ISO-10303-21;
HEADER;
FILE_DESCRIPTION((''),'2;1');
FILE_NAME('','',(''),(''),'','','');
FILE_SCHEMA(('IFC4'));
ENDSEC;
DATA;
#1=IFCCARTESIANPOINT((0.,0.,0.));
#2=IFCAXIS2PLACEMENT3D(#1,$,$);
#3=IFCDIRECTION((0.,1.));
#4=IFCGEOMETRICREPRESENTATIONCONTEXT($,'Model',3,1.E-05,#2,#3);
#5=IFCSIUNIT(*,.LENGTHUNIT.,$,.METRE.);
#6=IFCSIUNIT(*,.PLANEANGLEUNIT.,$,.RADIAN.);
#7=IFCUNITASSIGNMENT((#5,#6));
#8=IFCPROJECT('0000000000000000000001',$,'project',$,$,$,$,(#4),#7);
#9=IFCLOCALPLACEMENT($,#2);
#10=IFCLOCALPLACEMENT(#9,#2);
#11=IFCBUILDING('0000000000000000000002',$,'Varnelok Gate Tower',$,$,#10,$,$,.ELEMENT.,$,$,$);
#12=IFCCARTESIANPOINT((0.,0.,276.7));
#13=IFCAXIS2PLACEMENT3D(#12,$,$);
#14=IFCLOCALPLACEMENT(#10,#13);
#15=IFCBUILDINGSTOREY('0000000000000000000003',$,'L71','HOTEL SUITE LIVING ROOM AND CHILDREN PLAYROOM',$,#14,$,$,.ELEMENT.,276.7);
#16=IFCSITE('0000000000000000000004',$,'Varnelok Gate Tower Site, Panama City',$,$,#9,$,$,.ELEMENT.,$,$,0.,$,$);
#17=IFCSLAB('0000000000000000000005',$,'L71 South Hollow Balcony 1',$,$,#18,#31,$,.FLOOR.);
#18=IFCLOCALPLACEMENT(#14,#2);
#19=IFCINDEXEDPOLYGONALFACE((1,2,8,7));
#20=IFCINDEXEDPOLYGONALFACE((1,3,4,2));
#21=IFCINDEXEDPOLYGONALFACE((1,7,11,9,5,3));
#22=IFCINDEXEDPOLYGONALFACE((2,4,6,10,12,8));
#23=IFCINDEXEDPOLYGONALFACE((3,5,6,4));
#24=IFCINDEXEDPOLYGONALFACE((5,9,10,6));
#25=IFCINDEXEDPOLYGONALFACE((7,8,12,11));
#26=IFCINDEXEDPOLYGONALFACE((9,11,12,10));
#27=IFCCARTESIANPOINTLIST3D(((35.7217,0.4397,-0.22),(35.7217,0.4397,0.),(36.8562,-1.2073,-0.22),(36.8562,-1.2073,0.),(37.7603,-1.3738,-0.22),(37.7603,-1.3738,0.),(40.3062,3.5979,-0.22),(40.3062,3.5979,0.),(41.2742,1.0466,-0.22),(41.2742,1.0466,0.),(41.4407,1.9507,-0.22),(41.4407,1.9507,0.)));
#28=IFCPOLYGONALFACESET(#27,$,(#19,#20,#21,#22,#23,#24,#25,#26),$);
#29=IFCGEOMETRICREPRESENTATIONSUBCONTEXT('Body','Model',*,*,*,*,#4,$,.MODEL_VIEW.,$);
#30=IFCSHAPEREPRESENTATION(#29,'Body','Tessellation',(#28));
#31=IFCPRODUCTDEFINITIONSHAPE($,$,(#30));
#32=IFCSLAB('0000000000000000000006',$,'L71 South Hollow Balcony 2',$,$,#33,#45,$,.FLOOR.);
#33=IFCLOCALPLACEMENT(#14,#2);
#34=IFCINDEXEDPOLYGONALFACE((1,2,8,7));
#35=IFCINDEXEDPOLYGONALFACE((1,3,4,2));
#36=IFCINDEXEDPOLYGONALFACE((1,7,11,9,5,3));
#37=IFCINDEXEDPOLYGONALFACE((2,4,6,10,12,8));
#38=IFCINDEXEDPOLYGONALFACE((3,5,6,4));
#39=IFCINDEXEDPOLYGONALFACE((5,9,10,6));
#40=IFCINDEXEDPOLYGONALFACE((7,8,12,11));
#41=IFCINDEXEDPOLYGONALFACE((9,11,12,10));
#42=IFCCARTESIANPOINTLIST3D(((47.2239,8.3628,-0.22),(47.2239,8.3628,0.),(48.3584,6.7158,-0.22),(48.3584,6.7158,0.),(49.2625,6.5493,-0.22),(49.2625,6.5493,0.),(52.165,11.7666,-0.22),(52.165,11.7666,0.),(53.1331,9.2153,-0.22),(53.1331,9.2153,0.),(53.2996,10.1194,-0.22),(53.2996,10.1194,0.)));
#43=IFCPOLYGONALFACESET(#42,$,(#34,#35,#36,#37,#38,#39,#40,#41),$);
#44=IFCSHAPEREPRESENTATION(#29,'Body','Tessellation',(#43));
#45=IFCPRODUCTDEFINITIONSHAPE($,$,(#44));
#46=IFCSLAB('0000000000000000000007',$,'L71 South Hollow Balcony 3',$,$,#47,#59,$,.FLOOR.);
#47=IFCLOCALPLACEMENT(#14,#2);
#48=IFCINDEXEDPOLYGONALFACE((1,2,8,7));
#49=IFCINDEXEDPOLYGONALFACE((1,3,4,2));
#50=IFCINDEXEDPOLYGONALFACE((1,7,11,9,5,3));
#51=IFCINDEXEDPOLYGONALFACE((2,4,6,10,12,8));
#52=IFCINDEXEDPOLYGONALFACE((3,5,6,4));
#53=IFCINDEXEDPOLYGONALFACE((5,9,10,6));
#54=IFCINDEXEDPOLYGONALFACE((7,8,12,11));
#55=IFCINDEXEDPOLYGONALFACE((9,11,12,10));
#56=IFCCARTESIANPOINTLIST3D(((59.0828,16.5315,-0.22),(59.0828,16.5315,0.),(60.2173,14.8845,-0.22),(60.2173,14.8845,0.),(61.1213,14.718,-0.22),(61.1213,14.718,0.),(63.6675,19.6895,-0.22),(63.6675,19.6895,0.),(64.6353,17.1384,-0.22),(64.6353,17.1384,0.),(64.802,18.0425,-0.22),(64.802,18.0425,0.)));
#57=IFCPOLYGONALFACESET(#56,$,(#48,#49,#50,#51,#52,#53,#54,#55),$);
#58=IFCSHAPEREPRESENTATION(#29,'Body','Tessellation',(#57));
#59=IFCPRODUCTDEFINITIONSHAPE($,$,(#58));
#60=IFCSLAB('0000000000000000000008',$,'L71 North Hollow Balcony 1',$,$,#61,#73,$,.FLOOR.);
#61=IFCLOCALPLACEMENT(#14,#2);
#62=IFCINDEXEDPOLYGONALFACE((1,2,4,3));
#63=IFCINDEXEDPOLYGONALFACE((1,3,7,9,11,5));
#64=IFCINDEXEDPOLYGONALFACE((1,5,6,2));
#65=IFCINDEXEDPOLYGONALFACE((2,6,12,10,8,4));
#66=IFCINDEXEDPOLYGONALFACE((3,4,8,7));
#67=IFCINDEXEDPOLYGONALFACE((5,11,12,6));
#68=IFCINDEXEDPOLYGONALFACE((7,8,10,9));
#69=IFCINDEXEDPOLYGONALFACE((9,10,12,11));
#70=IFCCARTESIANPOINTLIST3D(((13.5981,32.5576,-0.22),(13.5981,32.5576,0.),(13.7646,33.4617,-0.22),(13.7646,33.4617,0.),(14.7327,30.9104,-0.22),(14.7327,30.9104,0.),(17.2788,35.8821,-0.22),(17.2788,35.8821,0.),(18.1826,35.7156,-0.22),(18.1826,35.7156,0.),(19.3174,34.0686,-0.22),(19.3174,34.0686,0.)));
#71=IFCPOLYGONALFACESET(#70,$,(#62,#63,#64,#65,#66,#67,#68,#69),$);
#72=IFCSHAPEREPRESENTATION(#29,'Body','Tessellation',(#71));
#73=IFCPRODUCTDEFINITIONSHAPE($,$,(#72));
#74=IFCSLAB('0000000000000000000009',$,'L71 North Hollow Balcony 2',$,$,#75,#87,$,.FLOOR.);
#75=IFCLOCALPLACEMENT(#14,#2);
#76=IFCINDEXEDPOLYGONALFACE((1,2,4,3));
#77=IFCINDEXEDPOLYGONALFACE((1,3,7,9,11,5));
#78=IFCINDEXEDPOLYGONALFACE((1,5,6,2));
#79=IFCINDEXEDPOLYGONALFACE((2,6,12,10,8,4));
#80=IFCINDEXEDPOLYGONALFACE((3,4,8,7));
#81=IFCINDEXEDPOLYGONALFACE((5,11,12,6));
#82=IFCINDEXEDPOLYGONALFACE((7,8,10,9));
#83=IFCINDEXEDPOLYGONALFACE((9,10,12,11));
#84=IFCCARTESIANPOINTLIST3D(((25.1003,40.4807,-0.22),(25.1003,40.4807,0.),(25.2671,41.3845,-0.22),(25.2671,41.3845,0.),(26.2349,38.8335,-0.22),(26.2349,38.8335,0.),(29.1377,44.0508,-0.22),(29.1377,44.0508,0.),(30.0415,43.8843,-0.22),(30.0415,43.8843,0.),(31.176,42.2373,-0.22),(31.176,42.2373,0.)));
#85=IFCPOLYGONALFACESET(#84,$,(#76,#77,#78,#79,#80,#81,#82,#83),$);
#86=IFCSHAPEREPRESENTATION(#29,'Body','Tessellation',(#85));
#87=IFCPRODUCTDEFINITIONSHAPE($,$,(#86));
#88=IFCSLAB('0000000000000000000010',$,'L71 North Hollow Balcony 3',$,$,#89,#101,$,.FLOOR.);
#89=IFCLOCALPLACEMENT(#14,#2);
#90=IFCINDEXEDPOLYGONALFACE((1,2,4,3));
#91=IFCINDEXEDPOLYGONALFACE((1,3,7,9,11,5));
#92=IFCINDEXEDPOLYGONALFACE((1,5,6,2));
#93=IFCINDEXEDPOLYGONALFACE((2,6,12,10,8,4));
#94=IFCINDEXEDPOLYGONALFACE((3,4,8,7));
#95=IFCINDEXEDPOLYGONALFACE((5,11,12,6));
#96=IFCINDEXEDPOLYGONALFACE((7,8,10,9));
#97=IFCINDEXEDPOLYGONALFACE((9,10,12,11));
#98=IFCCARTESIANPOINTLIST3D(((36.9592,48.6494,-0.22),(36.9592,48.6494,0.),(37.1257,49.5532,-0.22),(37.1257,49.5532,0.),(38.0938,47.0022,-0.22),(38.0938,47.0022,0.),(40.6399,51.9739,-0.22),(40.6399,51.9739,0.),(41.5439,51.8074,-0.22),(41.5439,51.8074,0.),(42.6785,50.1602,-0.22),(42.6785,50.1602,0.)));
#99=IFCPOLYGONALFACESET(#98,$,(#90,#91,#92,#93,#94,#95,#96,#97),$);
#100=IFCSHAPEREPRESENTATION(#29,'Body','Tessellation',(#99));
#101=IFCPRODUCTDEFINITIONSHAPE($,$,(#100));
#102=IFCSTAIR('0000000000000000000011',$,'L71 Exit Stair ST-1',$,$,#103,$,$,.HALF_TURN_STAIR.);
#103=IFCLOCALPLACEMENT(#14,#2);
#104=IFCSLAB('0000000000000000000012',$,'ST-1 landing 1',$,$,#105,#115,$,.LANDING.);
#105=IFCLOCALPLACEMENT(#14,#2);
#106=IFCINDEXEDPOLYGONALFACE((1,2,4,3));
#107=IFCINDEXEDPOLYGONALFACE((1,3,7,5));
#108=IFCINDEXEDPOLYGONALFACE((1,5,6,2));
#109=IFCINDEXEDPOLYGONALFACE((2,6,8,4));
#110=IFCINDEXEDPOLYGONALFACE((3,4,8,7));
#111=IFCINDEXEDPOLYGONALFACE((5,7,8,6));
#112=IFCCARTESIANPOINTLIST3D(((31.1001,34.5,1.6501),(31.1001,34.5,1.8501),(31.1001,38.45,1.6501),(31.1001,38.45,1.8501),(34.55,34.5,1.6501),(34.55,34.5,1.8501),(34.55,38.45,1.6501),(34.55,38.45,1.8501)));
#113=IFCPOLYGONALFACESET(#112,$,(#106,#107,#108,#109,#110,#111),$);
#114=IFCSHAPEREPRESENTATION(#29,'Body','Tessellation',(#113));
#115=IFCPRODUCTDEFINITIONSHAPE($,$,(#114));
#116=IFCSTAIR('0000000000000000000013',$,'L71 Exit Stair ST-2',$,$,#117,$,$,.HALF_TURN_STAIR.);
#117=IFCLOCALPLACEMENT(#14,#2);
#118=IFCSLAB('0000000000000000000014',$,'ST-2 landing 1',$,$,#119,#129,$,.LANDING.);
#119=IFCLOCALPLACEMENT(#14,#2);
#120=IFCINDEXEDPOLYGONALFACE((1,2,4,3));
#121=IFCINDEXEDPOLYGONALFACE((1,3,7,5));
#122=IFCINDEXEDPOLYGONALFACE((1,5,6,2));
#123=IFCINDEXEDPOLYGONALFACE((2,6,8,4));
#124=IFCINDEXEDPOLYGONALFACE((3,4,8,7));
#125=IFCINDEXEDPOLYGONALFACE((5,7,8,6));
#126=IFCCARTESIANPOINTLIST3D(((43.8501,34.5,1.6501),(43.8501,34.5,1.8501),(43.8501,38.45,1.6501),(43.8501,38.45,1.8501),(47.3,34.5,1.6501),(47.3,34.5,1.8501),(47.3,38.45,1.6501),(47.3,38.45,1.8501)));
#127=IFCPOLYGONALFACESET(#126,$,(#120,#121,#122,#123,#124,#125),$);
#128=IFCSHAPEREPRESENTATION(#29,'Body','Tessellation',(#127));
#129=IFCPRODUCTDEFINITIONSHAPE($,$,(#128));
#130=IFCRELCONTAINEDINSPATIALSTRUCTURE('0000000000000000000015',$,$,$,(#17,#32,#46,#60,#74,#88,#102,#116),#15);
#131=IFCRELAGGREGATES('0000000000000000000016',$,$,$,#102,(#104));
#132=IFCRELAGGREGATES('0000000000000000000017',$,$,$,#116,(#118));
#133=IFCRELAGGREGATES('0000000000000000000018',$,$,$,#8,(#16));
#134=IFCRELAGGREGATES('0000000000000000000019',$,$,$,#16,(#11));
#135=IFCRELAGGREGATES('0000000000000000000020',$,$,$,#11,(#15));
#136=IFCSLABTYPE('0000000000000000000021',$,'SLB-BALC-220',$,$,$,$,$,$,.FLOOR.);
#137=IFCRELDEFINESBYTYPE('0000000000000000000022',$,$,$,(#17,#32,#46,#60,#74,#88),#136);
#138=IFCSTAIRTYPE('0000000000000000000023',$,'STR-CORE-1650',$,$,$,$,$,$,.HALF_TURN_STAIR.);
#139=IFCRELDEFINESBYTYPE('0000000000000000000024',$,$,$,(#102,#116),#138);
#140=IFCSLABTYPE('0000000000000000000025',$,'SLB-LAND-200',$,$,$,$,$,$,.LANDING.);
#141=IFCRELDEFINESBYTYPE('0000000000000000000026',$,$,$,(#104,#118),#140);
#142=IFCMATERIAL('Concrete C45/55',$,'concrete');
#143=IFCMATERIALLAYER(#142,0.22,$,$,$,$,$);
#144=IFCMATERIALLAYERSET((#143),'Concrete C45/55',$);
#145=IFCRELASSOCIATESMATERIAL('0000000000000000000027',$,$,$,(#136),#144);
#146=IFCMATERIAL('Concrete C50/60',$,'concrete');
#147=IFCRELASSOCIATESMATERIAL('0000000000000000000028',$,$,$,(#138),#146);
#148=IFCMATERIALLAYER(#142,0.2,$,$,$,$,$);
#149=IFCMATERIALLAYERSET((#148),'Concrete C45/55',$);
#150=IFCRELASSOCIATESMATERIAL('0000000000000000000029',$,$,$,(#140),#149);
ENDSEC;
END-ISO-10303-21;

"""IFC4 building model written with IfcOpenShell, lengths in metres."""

from ifc_helpers import new_model, si_unit, direction, frame, origin, place, context, subcontext, project, spatial, polyline, outline, extrude, material, layer, layer_set, type_object, element, aggregate, save


model = new_model("IFC4")

# Units and contexts
model_context = context("Model", 3, precision=1e-05, world=origin(), true_north=direction((0.0, 1.0)))
body_context = subcontext(model_context, "Body", "Model", "MODEL_VIEW")
ifc_project = project(units=[si_unit("LENGTHUNIT", "METRE"), si_unit("PLANEANGLEUNIT", "RADIAN")], contexts=[model_context])

# Site, building, storey
site_placement = place(None, origin())
site = spatial("IfcSite", under=ifc_project, at=site_placement, Name="Varnelok Gate Tower Site, Panama City", CompositionType="ELEMENT", RefElevation=0.0)
building_placement = place(site_placement, origin())
building = spatial("IfcBuilding", under=site, at=building_placement, Name="Varnelok Gate Tower", CompositionType="ELEMENT")
storey_placement = place(building_placement, frame((0.0, 0.0, 276.7)))
storey = spatial("IfcBuildingStorey", under=building, at=storey_placement, Name="L71", Description="HOTEL SUITE LIVING ROOM AND CHILDREN PLAYROOM", CompositionType="ELEMENT", Elevation=276.7)

# Slabs
ifc_material_1 = material(Name="Concrete C45/55", Category="concrete")
ifc_layer_1 = layer(ifc_material_1, 0.22)
ifc_layer_set_1 = layer_set([ifc_layer_1], Name="Concrete C45/55")
slab_type_1 = type_object("IfcSlabType", Name="SLB-BALC-220", PredefinedType="FLOOR", material=ifc_layer_set_1)
slab_1_placement = place(storey_placement, frame((0.0, 0.0, -0.22)))
element("IfcSlab", 1, at=slab_1_placement, inside=storey, type_object=slab_type_1, Name="L71 South Hollow Balcony 1", PredefinedType="FLOOR", context=body_context, shape_type="SweptSolid", body=[
    extrude(outline(polyline([(36.8562, -1.2073), (37.7603, -1.3738), (41.2742, 1.0466), (41.4407, 1.9507), (40.3062, 3.5979), (35.7217, 0.4397), (36.8562, -1.2073)])), origin(), (0.0, 0.0, 1.0), 0.22),
])
slab_2_placement = place(storey_placement, frame((0.0, 0.0, -0.22)))
element("IfcSlab", 2, at=slab_2_placement, inside=storey, type_object=slab_type_1, Name="L71 South Hollow Balcony 2", PredefinedType="FLOOR", context=body_context, shape_type="SweptSolid", body=[
    extrude(outline(polyline([(48.3584, 6.7158), (49.2625, 6.5493), (53.1331, 9.2153), (53.2996, 10.1194), (52.165, 11.7666), (47.2239, 8.3628), (48.3584, 6.7158)])), origin(), (0.0, 0.0, 1.0), 0.22),
])
slab_3_placement = place(storey_placement, frame((0.0, 0.0, -0.22)))
element("IfcSlab", 3, at=slab_3_placement, inside=storey, type_object=slab_type_1, Name="L71 South Hollow Balcony 3", PredefinedType="FLOOR", context=body_context, shape_type="SweptSolid", body=[
    extrude(outline(polyline([(60.2173, 14.8845), (61.1213, 14.718), (64.6353, 17.1384), (64.802, 18.0425), (63.6675, 19.6895), (59.0828, 16.5315), (60.2173, 14.8845)])), origin(), (0.0, 0.0, 1.0), 0.22),
])
slab_4_placement = place(storey_placement, frame((0.0, 0.0, -0.22)))
element("IfcSlab", 4, at=slab_4_placement, inside=storey, type_object=slab_type_1, Name="L71 North Hollow Balcony 1", PredefinedType="FLOOR", context=body_context, shape_type="SweptSolid", body=[
    extrude(outline(polyline([(14.7327, 30.9104), (19.3174, 34.0686), (18.1826, 35.7156), (17.2788, 35.8821), (13.7646, 33.4617), (13.5981, 32.5576), (14.7327, 30.9104)])), origin(), (0.0, 0.0, 1.0), 0.22),
])
slab_5_placement = place(storey_placement, frame((0.0, 0.0, -0.22)))
element("IfcSlab", 5, at=slab_5_placement, inside=storey, type_object=slab_type_1, Name="L71 North Hollow Balcony 2", PredefinedType="FLOOR", context=body_context, shape_type="SweptSolid", body=[
    extrude(outline(polyline([(26.2349, 38.8335), (31.176, 42.2373), (30.0415, 43.8843), (29.1377, 44.0508), (25.2671, 41.3845), (25.1003, 40.4807), (26.2349, 38.8335)])), origin(), (0.0, 0.0, 1.0), 0.22),
])
slab_6_placement = place(storey_placement, frame((0.0, 0.0, -0.22)))
element("IfcSlab", 6, at=slab_6_placement, inside=storey, type_object=slab_type_1, Name="L71 North Hollow Balcony 3", PredefinedType="FLOOR", context=body_context, shape_type="SweptSolid", body=[
    extrude(outline(polyline([(38.0938, 47.0022), (42.6785, 50.1602), (41.5439, 51.8074), (40.6399, 51.9739), (37.1257, 49.5532), (36.9592, 48.6494), (38.0938, 47.0022)])), origin(), (0.0, 0.0, 1.0), 0.22),
])

# Stairs, slabs
ifc_material_2 = material(Name="Concrete C50/60", Category="concrete")
stair_type = type_object("IfcStairType", Name="STR-CORE-1650", PredefinedType="HALF_TURN_STAIR", material=ifc_material_2)
stair_1_placement = place(storey_placement, origin())
stair_1 = element("IfcStair", 7, at=stair_1_placement, inside=storey, type_object=stair_type, Name="L71 Exit Stair ST-1", PredefinedType="HALF_TURN_STAIR")
ifc_layer_2 = layer(ifc_material_1, 0.2)
ifc_layer_set_2 = layer_set([ifc_layer_2], Name="Concrete C45/55")
slab_type_2 = type_object("IfcSlabType", Name="SLB-LAND-200", PredefinedType="LANDING", material=ifc_layer_set_2)
slab_7_placement = place(storey_placement, frame((0.0, 0.0, 1.6501)))
slab_7 = element("IfcSlab", 8, at=slab_7_placement, type_object=slab_type_2, Name="ST-1 landing 1", PredefinedType="LANDING", context=body_context, shape_type="SweptSolid", body=[
    extrude(outline(polyline([(34.55, 34.5), (34.55, 38.45), (31.1001, 38.45), (31.1001, 34.5), (34.55, 34.5)])), origin(), (0.0, 0.0, 1.0), 0.2),
])
aggregate(stair_1, [slab_7])
stair_2_placement = place(storey_placement, origin())
stair_2 = element("IfcStair", 9, at=stair_2_placement, inside=storey, type_object=stair_type, Name="L71 Exit Stair ST-2", PredefinedType="HALF_TURN_STAIR")
slab_8_placement = place(storey_placement, frame((0.0, 0.0, 1.6501)))
slab_8 = element("IfcSlab", 10, at=slab_8_placement, type_object=slab_type_2, Name="ST-2 landing 1", PredefinedType="LANDING", context=body_context, shape_type="SweptSolid", body=[
    extrude(outline(polyline([(47.3, 34.5), (47.3, 38.45), (43.8501, 38.45), (43.8501, 34.5), (47.3, 34.5)])), origin(), (0.0, 0.0, 1.0), 0.2),
])
aggregate(stair_2, [slab_8])

save(model, "model.ifc")
